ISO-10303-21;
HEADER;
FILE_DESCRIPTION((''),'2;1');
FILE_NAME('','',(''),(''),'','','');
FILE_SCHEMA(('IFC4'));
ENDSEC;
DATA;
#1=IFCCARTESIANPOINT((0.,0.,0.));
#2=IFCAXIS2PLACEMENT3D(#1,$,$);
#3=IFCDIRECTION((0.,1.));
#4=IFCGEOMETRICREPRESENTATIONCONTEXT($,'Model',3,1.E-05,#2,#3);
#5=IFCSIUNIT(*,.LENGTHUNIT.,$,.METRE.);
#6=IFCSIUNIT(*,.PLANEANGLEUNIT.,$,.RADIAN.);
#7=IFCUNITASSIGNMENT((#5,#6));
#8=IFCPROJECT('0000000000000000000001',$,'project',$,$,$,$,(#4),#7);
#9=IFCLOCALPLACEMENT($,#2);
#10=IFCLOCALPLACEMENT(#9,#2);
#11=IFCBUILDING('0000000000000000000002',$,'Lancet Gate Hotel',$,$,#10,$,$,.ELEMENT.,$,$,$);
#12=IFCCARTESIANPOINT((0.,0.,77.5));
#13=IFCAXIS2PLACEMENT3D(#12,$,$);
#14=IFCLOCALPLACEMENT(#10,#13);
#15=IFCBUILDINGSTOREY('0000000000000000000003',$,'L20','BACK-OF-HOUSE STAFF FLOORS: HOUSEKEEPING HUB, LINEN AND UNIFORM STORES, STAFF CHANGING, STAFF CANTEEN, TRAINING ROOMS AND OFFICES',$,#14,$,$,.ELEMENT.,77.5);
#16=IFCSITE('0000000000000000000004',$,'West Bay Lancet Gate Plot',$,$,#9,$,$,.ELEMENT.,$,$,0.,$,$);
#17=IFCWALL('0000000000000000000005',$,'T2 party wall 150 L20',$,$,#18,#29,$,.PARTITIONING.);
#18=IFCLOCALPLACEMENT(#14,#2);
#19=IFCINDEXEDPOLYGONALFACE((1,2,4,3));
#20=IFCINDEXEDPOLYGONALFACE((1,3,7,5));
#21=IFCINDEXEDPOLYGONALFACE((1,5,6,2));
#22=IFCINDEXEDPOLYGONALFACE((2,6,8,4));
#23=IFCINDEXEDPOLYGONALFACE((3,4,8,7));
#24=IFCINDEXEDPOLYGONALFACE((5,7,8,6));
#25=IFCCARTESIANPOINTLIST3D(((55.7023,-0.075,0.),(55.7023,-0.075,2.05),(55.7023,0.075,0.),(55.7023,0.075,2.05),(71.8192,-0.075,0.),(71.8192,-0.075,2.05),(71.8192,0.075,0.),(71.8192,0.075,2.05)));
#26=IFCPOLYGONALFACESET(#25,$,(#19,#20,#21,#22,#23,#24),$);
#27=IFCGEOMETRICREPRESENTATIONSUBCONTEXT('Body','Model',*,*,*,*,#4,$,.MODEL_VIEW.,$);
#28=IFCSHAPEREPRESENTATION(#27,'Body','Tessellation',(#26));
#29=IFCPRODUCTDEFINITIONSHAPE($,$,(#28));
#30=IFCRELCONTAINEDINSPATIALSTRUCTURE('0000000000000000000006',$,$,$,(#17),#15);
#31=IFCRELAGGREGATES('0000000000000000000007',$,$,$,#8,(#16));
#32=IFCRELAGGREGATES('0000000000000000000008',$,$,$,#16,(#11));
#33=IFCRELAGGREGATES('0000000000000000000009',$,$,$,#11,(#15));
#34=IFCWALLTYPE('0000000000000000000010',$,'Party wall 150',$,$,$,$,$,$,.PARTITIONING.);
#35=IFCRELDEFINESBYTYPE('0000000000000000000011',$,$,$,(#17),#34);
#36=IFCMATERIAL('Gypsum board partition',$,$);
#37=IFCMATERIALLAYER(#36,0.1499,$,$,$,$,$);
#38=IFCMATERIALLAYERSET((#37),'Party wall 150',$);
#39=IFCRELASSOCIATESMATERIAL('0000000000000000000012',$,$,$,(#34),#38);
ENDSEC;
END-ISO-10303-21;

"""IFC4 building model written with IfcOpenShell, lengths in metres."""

from ifc_helpers import new_model, si_unit, direction, frame, frame_2d, origin, place, context, subcontext, project, spatial, rectangle, extrude, material, layer, layer_set, type_object, element, save


model = new_model("IFC4")

# Units and contexts
model_context = context("Model", 3, precision=1e-05, world=origin(), true_north=direction((0.0, 1.0)))
body_context = subcontext(model_context, "Body", "Model", "MODEL_VIEW")
ifc_project = project(units=[si_unit("LENGTHUNIT", "METRE"), si_unit("PLANEANGLEUNIT", "RADIAN")], contexts=[model_context])

# Site, building, storey
site_placement = place(None, origin())
site = spatial("IfcSite", under=ifc_project, at=site_placement, Name="West Bay Lancet Gate Plot", CompositionType="ELEMENT", RefElevation=0.0)
building_placement = place(site_placement, origin())
building = spatial("IfcBuilding", under=site, at=building_placement, Name="Lancet Gate Hotel", CompositionType="ELEMENT")
storey_placement = place(building_placement, frame((0.0, 0.0, 77.5)))
storey = spatial("IfcBuildingStorey", under=building, at=storey_placement, Name="L20", Description="BACK-OF-HOUSE STAFF FLOORS: HOUSEKEEPING HUB, LINEN AND UNIFORM STORES, STAFF CHANGING, STAFF CANTEEN, TRAINING ROOMS AND OFFICES", CompositionType="ELEMENT", Elevation=77.5)

# Wall
ifc_material_1 = material(Name="Gypsum board partition")
ifc_layer_1 = layer(ifc_material_1, 0.1499)
ifc_layer_set_1 = layer_set([ifc_layer_1], Name="Party wall 150")
wall_type_1 = type_object("IfcWallType", Name="Party wall 150", PredefinedType="PARTITIONING", material=ifc_layer_set_1)
wall_1_placement = place(storey_placement, frame((55.7021, 0.0, 0.0), z_axis=(0.0, 0.0, 1.0), x_axis=(1.0, 0.0, 0.0)))
element("IfcWall", 1, at=wall_1_placement, inside=storey, type_object=wall_type_1, Name="T2 party wall 150 L20", PredefinedType="PARTITIONING", context=body_context, shape_type="SweptSolid", body=[
    extrude(rectangle(XDim=16.1169, YDim=0.1499, at=frame_2d((8.0586, 0.0))), origin(), (0.0, 0.0, 1.0), 2.05),
])

save(model, "model.ifc")
